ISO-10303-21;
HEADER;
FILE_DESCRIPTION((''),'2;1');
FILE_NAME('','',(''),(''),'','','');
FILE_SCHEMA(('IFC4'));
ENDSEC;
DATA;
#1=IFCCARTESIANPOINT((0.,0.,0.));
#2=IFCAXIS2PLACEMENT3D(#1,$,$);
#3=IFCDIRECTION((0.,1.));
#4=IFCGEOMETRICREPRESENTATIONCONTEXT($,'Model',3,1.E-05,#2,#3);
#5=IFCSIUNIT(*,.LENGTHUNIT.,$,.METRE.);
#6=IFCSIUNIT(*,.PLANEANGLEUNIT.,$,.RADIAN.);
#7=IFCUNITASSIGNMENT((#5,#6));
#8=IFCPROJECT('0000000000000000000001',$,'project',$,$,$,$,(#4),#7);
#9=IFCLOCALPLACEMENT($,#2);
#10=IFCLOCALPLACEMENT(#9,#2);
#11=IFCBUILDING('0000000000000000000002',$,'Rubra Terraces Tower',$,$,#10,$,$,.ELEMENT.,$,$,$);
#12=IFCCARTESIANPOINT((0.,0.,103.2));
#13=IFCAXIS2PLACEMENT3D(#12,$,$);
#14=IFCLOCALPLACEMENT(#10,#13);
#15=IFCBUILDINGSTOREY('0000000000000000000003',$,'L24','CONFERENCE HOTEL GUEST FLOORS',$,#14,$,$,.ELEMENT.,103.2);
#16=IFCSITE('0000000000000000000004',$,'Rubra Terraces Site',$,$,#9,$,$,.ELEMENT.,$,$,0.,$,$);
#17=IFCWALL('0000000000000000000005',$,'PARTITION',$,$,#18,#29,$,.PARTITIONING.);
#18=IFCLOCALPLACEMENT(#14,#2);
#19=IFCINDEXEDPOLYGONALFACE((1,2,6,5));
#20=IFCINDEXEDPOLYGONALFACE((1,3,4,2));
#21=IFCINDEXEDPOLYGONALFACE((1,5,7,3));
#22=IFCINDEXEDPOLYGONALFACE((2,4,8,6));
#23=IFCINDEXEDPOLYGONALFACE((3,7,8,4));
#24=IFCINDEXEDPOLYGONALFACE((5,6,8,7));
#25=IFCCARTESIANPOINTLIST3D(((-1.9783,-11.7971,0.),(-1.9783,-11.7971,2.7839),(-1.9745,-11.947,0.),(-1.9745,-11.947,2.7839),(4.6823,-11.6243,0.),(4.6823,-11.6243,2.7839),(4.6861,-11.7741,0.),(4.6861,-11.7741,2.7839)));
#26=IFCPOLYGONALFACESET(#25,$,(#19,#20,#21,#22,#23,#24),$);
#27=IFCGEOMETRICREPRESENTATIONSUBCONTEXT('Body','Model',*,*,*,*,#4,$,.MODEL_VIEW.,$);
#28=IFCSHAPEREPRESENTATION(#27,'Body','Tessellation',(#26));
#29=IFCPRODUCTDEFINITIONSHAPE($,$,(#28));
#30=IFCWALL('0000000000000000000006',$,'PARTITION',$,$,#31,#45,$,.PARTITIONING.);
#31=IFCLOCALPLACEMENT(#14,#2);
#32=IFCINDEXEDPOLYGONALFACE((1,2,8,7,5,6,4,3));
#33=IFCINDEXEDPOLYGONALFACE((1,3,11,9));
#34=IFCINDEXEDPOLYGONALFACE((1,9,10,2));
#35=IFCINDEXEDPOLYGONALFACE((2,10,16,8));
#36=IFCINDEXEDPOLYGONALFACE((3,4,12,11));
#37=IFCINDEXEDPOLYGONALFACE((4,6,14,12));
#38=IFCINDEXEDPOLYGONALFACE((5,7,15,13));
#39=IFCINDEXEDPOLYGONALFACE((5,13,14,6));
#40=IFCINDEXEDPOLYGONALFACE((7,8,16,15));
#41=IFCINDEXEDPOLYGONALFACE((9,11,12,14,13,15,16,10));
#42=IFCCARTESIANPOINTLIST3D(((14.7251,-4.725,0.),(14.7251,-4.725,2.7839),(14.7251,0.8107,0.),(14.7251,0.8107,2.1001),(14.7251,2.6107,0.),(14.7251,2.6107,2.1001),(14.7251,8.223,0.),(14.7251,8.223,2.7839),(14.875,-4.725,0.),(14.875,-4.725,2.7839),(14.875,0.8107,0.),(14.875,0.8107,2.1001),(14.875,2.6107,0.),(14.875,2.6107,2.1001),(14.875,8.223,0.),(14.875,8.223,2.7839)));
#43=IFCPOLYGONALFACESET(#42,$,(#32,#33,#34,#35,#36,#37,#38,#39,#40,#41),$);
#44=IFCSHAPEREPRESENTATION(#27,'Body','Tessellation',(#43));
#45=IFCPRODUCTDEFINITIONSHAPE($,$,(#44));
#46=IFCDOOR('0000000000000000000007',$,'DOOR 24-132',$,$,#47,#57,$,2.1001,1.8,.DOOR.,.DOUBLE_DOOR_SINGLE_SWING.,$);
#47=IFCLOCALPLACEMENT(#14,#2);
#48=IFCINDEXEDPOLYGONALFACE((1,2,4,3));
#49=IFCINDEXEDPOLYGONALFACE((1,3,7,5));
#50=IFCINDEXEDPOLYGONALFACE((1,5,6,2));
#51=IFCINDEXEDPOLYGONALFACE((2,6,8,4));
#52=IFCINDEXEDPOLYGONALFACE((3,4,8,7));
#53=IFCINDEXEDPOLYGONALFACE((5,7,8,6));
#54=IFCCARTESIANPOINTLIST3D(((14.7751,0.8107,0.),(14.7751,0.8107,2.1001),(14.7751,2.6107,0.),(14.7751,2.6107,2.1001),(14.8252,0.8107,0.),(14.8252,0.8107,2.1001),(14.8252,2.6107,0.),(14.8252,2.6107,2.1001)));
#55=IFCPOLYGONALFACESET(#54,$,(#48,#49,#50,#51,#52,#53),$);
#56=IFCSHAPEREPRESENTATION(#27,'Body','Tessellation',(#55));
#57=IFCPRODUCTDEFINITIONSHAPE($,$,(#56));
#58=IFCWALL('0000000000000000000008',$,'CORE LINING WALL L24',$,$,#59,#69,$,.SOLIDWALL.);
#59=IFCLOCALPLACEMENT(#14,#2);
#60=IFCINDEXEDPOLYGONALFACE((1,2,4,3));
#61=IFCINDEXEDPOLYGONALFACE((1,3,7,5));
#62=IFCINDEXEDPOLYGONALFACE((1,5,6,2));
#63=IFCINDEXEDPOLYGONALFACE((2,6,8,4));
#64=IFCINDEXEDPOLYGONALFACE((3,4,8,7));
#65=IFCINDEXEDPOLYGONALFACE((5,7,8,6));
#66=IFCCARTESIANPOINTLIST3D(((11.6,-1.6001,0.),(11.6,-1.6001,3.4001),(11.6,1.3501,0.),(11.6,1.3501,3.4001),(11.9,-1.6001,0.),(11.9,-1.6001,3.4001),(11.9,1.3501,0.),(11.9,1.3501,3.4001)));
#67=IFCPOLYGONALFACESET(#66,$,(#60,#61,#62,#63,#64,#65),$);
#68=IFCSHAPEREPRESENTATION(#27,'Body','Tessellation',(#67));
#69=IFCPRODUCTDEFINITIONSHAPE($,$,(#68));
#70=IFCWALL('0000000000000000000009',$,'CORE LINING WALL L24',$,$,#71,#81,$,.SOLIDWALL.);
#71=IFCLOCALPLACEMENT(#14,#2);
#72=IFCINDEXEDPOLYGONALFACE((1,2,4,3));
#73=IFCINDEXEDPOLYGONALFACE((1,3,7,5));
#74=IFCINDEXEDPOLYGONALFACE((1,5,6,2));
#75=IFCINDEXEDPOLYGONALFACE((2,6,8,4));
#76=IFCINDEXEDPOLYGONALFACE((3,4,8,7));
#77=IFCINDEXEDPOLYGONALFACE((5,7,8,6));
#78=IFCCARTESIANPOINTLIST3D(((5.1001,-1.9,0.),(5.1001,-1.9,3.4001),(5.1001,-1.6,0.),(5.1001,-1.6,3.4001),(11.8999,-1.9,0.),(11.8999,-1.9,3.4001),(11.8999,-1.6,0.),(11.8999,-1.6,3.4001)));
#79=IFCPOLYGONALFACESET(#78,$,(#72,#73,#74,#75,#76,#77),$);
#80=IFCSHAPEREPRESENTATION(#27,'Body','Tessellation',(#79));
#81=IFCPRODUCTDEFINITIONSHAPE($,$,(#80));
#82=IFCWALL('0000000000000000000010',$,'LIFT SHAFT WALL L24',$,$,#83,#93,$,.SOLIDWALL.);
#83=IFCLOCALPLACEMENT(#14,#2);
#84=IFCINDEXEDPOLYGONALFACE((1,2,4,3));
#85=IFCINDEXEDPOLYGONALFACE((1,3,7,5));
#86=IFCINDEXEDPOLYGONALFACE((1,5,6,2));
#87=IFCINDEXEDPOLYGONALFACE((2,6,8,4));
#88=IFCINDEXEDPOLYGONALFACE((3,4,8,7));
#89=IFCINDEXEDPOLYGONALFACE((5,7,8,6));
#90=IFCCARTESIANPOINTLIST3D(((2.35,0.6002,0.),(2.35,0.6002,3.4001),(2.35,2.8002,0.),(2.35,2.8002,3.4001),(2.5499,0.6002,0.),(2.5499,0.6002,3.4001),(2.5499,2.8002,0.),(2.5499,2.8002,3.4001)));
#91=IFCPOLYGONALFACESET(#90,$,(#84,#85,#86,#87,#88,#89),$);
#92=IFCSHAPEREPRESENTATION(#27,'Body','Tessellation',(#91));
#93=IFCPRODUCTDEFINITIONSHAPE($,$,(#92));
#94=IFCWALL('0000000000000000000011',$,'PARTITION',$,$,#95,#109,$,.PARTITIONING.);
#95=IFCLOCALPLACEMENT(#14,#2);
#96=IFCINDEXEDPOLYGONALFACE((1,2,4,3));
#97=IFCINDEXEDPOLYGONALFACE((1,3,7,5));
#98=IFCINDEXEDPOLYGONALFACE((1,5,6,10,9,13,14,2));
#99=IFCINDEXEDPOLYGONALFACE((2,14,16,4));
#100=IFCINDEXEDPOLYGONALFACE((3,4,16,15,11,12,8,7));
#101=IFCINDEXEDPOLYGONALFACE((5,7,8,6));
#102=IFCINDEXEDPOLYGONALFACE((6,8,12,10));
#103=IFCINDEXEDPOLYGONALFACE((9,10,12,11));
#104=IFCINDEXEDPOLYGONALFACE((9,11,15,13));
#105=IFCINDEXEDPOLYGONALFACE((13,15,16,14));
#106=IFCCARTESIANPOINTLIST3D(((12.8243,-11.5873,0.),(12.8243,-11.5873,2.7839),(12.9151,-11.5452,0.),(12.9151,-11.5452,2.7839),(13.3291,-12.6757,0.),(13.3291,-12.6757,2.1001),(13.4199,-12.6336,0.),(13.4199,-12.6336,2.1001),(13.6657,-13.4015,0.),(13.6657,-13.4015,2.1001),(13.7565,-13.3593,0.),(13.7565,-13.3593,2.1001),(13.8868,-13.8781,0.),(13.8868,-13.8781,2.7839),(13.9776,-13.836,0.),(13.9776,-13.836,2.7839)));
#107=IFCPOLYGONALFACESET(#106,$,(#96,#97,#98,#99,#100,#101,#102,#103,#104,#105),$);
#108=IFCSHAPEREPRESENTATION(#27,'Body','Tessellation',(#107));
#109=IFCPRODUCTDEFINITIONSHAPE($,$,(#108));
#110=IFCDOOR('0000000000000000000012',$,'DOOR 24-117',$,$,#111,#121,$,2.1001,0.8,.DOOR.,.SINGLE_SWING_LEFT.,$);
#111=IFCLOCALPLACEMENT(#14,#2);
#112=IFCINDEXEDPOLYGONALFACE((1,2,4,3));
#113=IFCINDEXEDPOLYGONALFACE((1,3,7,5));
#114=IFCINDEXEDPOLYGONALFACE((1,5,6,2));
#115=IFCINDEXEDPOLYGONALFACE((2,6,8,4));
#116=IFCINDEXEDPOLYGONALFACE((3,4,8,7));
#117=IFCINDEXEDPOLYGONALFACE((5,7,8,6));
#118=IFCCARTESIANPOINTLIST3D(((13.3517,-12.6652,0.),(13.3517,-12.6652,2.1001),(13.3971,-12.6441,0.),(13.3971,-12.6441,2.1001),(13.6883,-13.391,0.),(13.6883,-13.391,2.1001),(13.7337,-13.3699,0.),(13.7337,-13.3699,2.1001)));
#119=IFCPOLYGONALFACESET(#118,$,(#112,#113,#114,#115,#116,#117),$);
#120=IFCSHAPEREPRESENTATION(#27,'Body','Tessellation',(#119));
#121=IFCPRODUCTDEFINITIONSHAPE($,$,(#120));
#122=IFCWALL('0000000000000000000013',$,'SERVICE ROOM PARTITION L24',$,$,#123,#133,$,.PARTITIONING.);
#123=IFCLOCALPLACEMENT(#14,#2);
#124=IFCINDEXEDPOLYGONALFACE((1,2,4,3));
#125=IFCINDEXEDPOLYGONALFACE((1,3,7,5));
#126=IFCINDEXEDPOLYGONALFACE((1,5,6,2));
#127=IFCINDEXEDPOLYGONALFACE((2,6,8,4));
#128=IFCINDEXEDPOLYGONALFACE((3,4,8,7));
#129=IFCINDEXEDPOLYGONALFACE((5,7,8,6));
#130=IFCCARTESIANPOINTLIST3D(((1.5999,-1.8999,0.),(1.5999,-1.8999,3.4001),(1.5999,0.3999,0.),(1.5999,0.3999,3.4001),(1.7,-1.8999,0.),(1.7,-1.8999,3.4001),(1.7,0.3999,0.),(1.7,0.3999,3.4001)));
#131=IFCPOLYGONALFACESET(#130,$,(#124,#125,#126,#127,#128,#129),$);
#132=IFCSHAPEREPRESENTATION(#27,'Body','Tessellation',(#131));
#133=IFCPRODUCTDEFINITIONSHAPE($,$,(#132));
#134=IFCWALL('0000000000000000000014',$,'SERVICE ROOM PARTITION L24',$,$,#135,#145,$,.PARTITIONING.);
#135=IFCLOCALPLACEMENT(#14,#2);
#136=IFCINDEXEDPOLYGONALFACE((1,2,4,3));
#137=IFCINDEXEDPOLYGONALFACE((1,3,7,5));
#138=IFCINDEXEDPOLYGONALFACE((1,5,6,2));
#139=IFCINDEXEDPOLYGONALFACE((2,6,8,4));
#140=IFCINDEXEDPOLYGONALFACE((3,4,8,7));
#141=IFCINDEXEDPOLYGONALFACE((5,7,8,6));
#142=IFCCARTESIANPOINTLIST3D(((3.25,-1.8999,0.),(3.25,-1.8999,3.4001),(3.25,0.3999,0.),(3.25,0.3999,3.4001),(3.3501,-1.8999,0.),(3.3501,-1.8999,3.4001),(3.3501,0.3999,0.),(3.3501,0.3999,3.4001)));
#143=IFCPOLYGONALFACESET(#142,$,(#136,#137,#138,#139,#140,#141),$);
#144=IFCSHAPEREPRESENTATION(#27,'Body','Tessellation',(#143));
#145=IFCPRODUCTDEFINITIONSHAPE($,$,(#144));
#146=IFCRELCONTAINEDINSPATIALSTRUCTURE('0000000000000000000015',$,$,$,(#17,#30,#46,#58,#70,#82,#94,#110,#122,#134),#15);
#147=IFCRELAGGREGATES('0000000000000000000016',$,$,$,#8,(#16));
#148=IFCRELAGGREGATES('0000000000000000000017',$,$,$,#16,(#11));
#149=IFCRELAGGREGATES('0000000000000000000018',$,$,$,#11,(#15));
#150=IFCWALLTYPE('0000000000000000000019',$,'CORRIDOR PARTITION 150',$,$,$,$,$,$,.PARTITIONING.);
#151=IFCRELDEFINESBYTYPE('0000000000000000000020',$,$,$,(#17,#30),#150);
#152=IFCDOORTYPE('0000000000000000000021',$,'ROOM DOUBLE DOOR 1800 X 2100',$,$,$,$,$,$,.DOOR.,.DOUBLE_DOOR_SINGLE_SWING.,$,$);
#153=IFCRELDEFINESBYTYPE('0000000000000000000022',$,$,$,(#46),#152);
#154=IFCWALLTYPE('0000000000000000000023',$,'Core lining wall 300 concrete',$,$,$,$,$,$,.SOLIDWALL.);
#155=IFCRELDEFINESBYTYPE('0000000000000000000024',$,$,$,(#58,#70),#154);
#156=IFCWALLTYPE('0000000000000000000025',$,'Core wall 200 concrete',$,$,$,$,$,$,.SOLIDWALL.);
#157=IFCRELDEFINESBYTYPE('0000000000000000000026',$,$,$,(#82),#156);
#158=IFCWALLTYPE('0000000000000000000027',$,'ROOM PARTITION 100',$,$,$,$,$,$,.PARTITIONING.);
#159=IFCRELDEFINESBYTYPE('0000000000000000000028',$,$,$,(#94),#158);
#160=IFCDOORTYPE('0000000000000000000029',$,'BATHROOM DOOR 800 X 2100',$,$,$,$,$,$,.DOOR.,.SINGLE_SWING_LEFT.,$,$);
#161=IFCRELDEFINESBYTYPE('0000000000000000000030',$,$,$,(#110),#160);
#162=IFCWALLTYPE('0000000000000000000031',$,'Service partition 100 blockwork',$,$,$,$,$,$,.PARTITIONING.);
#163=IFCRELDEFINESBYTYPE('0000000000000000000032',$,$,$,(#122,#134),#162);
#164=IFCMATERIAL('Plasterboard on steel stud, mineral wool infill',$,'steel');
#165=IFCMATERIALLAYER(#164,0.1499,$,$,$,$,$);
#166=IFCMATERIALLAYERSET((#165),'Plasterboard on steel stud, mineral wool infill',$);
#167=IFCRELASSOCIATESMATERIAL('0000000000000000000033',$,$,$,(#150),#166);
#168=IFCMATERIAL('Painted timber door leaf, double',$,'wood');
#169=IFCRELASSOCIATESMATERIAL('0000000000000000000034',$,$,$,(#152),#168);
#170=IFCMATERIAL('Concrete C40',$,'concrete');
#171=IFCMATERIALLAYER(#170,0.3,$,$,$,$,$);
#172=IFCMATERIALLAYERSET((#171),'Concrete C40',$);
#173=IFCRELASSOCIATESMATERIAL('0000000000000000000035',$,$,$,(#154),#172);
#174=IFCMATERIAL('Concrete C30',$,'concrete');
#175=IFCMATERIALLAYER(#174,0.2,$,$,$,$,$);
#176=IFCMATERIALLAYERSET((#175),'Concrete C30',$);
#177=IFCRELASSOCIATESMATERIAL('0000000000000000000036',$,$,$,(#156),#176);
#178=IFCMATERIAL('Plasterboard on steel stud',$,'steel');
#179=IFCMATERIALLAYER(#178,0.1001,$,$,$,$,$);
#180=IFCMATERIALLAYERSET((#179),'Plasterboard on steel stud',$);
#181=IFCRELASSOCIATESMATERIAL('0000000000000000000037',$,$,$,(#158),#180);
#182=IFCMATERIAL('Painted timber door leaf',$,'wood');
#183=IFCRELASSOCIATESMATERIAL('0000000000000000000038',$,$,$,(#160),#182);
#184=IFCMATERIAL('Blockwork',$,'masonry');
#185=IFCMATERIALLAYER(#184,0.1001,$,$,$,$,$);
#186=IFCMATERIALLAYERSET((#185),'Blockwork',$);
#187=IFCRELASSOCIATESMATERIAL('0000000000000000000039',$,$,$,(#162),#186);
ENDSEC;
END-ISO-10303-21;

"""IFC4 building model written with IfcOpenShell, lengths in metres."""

from ifc_helpers import new_model, si_unit, direction, frame, frame_2d, origin, place, context, subcontext, project, spatial, rectangle, extrude, material, layer, layer_set, type_object, element, fill, save


model = new_model("IFC4")

# Units and contexts
model_context = context("Model", 3, precision=1e-05, world=origin(), true_north=direction((0.0, 1.0)))
body_context = subcontext(model_context, "Body", "Model", "MODEL_VIEW")
ifc_project = project(units=[si_unit("LENGTHUNIT", "METRE"), si_unit("PLANEANGLEUNIT", "RADIAN")], contexts=[model_context])

# Site, building, storey
site_placement = place(None, origin())
site = spatial("IfcSite", under=ifc_project, at=site_placement, Name="Rubra Terraces Site", CompositionType="ELEMENT", RefElevation=0.0)
building_placement = place(site_placement, origin())
building = spatial("IfcBuilding", under=site, at=building_placement, Name="Rubra Terraces Tower", CompositionType="ELEMENT")
storey_placement = place(building_placement, frame((0.0, 0.0, 103.2)))
storey = spatial("IfcBuildingStorey", under=building, at=storey_placement, Name="L24", Description="CONFERENCE HOTEL GUEST FLOORS", CompositionType="ELEMENT", Elevation=103.2)

# Shared definitions
ifc_material_1 = material(Name="Plasterboard on steel stud, mineral wool infill", Category="steel")
ifc_layer_1 = layer(ifc_material_1, 0.1499)
ifc_layer_set_1 = layer_set([ifc_layer_1], Name="Plasterboard on steel stud, mineral wool infill")
wall_type_1 = type_object("IfcWallType", Name="CORRIDOR PARTITION 150", PredefinedType="PARTITIONING", material=ifc_layer_set_1)
ifc_material_2 = material(Name="Painted timber door leaf, double", Category="wood")
door_type_1 = type_object("IfcDoorType", Name="ROOM DOUBLE DOOR 1800 X 2100", OperationType="DOUBLE_DOOR_SINGLE_SWING", PredefinedType="DOOR", material=ifc_material_2)

# Shared definitions
ifc_material_3 = material(Name="Painted timber door leaf", Category="wood")

# Wall
wall_1_placement = place(storey_placement, frame((4.6843, -11.6992, 0.0), z_axis=(0.0, 0.0, 1.0), x_axis=(-0.999663, -0.025942, 0.0)))
element("IfcWall", 1, at=wall_1_placement, inside=storey, type_object=wall_type_1, Name="PARTITION", PredefinedType="PARTITIONING", context=body_context, shape_type="SweptSolid", body=[
    extrude(rectangle(XDim=6.6628, YDim=0.1499, at=frame_2d((3.3315, 0.0))), origin(), (0.0, 0.0, 1.0), 2.7839),
])

# Wall, opening, door
wall_2_placement = place(storey_placement, frame((14.8, -4.7251, 0.0), z_axis=(0.0, 0.0, 1.0), x_axis=(0.0, 1.0, 0.0)))
wall_2 = element("IfcWall", 2, at=wall_2_placement, inside=storey, type_object=wall_type_1, Name="PARTITION", PredefinedType="PARTITIONING", context=body_context, shape_type="SweptSolid", body=[
    extrude(rectangle(XDim=12.948, YDim=0.1499, at=frame_2d((6.4741, 0.0))), origin(), (0.0, 0.0, 1.0), 2.7839),
])
opening_1_placement = place(wall_2_placement, frame((5.5359, 0.0, 0.0)))
opening_1 = element("IfcOpeningElement", 3, at=opening_1_placement, cuts=wall_2, PredefinedType="OPENING", context=body_context, shape_type="SweptSolid", body=[
    extrude(rectangle(XDim=1.8, YDim=2.1001, at=frame_2d((0.8999, 1.05))), frame((0.0, 0.085, 0.0), z_axis=(0.0, -1.0, 0.0), x_axis=(1.0, 0.0, 0.0)), (0.0, 0.0, 1.0), 0.1699),
])
door_1_placement = place(opening_1_placement, origin())
door_1 = element("IfcDoor", 4, at=door_1_placement, inside=storey, type_object=door_type_1, Name="DOOR 24-132", OperationType="DOUBLE_DOOR_SINGLE_SWING", OverallHeight=2.1001, OverallWidth=1.8, PredefinedType="DOOR", context=body_context, shape_type="SweptSolid", body=[
    extrude(rectangle(XDim=1.8, YDim=2.1001, at=frame_2d((0.8999, 1.05))), frame((0.0, 0.0249, 0.0), z_axis=(0.0, -1.0, 0.0), x_axis=(1.0, 0.0, 0.0)), (0.0, 0.0, 1.0), 0.05),
])
fill(opening_1, door_1)

# Walls
ifc_material_4 = material(Name="Concrete C40", Category="concrete")
ifc_layer_2 = layer(ifc_material_4, 0.3)
ifc_layer_set_2 = layer_set([ifc_layer_2], Name="Concrete C40")
wall_type_2 = type_object("IfcWallType", Name="Core lining wall 300 concrete", PredefinedType="SOLIDWALL", material=ifc_layer_set_2)
wall_3_placement = place(storey_placement, frame((11.75, 1.3501, 0.0), z_axis=(0.0, 0.0, 1.0), x_axis=(0.0, -1.0, 0.0)))
element("IfcWall", 5, at=wall_3_placement, inside=storey, type_object=wall_type_2, Name="CORE LINING WALL L24", PredefinedType="SOLIDWALL", context=body_context, shape_type="SweptSolid", body=[
    extrude(rectangle(XDim=2.9502, YDim=0.3, at=frame_2d((1.4751, 0.0))), origin(), (0.0, 0.0, 1.0), 3.4001),
])
wall_4_placement = place(storey_placement, frame((11.8999, -1.75, 0.0), z_axis=(0.0, 0.0, 1.0), x_axis=(-1.0, 0.0, 0.0)))
element("IfcWall", 6, at=wall_4_placement, inside=storey, type_object=wall_type_2, Name="CORE LINING WALL L24", PredefinedType="SOLIDWALL", context=body_context, shape_type="SweptSolid", body=[
    extrude(rectangle(XDim=6.7998, YDim=0.3, at=frame_2d((3.3999, 0.0))), origin(), (0.0, 0.0, 1.0), 3.4001),
])
ifc_material_5 = material(Name="Concrete C30", Category="concrete")
ifc_layer_3 = layer(ifc_material_5, 0.2)
ifc_layer_set_3 = layer_set([ifc_layer_3], Name="Concrete C30")
wall_type_3 = type_object("IfcWallType", Name="Core wall 200 concrete", PredefinedType="SOLIDWALL", material=ifc_layer_set_3)
wall_5_placement = place(storey_placement, frame((2.45, 0.6001, 0.0), z_axis=(0.0, 0.0, 1.0), x_axis=(0.0, 1.0, 0.0)))
element("IfcWall", 7, at=wall_5_placement, inside=storey, type_object=wall_type_3, Name="LIFT SHAFT WALL L24", PredefinedType="SOLIDWALL", context=body_context, shape_type="SweptSolid", body=[
    extrude(rectangle(XDim=2.2, YDim=0.2, at=frame_2d((1.1001, 0.0))), origin(), (0.0, 0.0, 1.0), 3.4001),
])

# Wall, opening, door
ifc_material_6 = material(Name="Plasterboard on steel stud", Category="steel")
ifc_layer_4 = layer(ifc_material_6, 0.1001)
ifc_layer_set_4 = layer_set([ifc_layer_4], Name="Plasterboard on steel stud")
wall_type_4 = type_object("IfcWallType", Name="ROOM PARTITION 100", PredefinedType="PARTITIONING", material=ifc_layer_set_4)
wall_6_placement = place(storey_placement, frame((12.8696, -11.5662, 0.0), z_axis=(0.0, 0.0, 1.0), x_axis=(0.420762, -0.907171, 0.0)))
wall_6 = element("IfcWall", 8, at=wall_6_placement, inside=storey, type_object=wall_type_4, Name="PARTITION", PredefinedType="PARTITIONING", context=body_context, shape_type="SweptSolid", body=[
    extrude(rectangle(XDim=2.5251, YDim=0.1001, at=frame_2d((1.2627, 0.0))), origin(), (0.0, 0.0, 1.0), 2.7839),
])
opening_2_placement = place(wall_6_placement, frame((1.2, 0.0, 0.0)))
opening_2 = element("IfcOpeningElement", 9, at=opening_2_placement, cuts=wall_6, PredefinedType="OPENING", context=body_context, shape_type="SweptSolid", body=[
    extrude(rectangle(XDim=0.8, YDim=2.1001, at=frame_2d((0.3999, 1.05))), frame((0.0, 0.0601, 0.0), z_axis=(0.0, -1.0, 0.0), x_axis=(1.0, 0.0, 0.0)), (0.0, 0.0, 1.0), 0.1201),
])
door_type_2 = type_object("IfcDoorType", Name="BATHROOM DOOR 800 X 2100", OperationType="SINGLE_SWING_LEFT", PredefinedType="DOOR", material=ifc_material_3)
door_2_placement = place(opening_2_placement, origin())
door_2 = element("IfcDoor", 10, at=door_2_placement, inside=storey, type_object=door_type_2, Name="DOOR 24-117", OperationType="SINGLE_SWING_LEFT", OverallHeight=2.1001, OverallWidth=0.8, PredefinedType="DOOR", context=body_context, shape_type="SweptSolid", body=[
    extrude(rectangle(XDim=0.8, YDim=2.1001, at=frame_2d((0.3999, 1.05))), frame((0.0, 0.0249, 0.0), z_axis=(0.0, -1.0, 0.0), x_axis=(1.0, 0.0, 0.0)), (0.0, 0.0, 1.0), 0.05),
])
fill(opening_2, door_2)

# Walls
ifc_material_7 = material(Name="Blockwork", Category="masonry")
ifc_layer_5 = layer(ifc_material_7, 0.1001)
ifc_layer_set_5 = layer_set([ifc_layer_5], Name="Blockwork")
wall_type_5 = type_object("IfcWallType", Name="Service partition 100 blockwork", PredefinedType="PARTITIONING", material=ifc_layer_set_5)
for number, where, z_axis, x_axis, name in (
    (11, (1.6499, -1.8999, 0.0), (0.0, 0.0, 1.0), (0.0, 1.0, 0.0), "SERVICE ROOM PARTITION L24"),
    (12, (3.3, -1.8999, 0.0), (0.0, 0.0, 1.0), (0.0, 1.0, 0.0), "SERVICE ROOM PARTITION L24"),
):
    element("IfcWall", number, at=place(storey_placement, frame(where, z_axis=z_axis, x_axis=x_axis)), inside=storey, type_object=wall_type_5, Name=name, PredefinedType="PARTITIONING", context=body_context, shape_type="SweptSolid", body=[
        extrude(rectangle(XDim=2.2998, YDim=0.1001, at=frame_2d((1.1499, 0.0))), origin(), (0.0, 0.0, 1.0), 3.4001),
    ])

save(model, "model.ifc")
